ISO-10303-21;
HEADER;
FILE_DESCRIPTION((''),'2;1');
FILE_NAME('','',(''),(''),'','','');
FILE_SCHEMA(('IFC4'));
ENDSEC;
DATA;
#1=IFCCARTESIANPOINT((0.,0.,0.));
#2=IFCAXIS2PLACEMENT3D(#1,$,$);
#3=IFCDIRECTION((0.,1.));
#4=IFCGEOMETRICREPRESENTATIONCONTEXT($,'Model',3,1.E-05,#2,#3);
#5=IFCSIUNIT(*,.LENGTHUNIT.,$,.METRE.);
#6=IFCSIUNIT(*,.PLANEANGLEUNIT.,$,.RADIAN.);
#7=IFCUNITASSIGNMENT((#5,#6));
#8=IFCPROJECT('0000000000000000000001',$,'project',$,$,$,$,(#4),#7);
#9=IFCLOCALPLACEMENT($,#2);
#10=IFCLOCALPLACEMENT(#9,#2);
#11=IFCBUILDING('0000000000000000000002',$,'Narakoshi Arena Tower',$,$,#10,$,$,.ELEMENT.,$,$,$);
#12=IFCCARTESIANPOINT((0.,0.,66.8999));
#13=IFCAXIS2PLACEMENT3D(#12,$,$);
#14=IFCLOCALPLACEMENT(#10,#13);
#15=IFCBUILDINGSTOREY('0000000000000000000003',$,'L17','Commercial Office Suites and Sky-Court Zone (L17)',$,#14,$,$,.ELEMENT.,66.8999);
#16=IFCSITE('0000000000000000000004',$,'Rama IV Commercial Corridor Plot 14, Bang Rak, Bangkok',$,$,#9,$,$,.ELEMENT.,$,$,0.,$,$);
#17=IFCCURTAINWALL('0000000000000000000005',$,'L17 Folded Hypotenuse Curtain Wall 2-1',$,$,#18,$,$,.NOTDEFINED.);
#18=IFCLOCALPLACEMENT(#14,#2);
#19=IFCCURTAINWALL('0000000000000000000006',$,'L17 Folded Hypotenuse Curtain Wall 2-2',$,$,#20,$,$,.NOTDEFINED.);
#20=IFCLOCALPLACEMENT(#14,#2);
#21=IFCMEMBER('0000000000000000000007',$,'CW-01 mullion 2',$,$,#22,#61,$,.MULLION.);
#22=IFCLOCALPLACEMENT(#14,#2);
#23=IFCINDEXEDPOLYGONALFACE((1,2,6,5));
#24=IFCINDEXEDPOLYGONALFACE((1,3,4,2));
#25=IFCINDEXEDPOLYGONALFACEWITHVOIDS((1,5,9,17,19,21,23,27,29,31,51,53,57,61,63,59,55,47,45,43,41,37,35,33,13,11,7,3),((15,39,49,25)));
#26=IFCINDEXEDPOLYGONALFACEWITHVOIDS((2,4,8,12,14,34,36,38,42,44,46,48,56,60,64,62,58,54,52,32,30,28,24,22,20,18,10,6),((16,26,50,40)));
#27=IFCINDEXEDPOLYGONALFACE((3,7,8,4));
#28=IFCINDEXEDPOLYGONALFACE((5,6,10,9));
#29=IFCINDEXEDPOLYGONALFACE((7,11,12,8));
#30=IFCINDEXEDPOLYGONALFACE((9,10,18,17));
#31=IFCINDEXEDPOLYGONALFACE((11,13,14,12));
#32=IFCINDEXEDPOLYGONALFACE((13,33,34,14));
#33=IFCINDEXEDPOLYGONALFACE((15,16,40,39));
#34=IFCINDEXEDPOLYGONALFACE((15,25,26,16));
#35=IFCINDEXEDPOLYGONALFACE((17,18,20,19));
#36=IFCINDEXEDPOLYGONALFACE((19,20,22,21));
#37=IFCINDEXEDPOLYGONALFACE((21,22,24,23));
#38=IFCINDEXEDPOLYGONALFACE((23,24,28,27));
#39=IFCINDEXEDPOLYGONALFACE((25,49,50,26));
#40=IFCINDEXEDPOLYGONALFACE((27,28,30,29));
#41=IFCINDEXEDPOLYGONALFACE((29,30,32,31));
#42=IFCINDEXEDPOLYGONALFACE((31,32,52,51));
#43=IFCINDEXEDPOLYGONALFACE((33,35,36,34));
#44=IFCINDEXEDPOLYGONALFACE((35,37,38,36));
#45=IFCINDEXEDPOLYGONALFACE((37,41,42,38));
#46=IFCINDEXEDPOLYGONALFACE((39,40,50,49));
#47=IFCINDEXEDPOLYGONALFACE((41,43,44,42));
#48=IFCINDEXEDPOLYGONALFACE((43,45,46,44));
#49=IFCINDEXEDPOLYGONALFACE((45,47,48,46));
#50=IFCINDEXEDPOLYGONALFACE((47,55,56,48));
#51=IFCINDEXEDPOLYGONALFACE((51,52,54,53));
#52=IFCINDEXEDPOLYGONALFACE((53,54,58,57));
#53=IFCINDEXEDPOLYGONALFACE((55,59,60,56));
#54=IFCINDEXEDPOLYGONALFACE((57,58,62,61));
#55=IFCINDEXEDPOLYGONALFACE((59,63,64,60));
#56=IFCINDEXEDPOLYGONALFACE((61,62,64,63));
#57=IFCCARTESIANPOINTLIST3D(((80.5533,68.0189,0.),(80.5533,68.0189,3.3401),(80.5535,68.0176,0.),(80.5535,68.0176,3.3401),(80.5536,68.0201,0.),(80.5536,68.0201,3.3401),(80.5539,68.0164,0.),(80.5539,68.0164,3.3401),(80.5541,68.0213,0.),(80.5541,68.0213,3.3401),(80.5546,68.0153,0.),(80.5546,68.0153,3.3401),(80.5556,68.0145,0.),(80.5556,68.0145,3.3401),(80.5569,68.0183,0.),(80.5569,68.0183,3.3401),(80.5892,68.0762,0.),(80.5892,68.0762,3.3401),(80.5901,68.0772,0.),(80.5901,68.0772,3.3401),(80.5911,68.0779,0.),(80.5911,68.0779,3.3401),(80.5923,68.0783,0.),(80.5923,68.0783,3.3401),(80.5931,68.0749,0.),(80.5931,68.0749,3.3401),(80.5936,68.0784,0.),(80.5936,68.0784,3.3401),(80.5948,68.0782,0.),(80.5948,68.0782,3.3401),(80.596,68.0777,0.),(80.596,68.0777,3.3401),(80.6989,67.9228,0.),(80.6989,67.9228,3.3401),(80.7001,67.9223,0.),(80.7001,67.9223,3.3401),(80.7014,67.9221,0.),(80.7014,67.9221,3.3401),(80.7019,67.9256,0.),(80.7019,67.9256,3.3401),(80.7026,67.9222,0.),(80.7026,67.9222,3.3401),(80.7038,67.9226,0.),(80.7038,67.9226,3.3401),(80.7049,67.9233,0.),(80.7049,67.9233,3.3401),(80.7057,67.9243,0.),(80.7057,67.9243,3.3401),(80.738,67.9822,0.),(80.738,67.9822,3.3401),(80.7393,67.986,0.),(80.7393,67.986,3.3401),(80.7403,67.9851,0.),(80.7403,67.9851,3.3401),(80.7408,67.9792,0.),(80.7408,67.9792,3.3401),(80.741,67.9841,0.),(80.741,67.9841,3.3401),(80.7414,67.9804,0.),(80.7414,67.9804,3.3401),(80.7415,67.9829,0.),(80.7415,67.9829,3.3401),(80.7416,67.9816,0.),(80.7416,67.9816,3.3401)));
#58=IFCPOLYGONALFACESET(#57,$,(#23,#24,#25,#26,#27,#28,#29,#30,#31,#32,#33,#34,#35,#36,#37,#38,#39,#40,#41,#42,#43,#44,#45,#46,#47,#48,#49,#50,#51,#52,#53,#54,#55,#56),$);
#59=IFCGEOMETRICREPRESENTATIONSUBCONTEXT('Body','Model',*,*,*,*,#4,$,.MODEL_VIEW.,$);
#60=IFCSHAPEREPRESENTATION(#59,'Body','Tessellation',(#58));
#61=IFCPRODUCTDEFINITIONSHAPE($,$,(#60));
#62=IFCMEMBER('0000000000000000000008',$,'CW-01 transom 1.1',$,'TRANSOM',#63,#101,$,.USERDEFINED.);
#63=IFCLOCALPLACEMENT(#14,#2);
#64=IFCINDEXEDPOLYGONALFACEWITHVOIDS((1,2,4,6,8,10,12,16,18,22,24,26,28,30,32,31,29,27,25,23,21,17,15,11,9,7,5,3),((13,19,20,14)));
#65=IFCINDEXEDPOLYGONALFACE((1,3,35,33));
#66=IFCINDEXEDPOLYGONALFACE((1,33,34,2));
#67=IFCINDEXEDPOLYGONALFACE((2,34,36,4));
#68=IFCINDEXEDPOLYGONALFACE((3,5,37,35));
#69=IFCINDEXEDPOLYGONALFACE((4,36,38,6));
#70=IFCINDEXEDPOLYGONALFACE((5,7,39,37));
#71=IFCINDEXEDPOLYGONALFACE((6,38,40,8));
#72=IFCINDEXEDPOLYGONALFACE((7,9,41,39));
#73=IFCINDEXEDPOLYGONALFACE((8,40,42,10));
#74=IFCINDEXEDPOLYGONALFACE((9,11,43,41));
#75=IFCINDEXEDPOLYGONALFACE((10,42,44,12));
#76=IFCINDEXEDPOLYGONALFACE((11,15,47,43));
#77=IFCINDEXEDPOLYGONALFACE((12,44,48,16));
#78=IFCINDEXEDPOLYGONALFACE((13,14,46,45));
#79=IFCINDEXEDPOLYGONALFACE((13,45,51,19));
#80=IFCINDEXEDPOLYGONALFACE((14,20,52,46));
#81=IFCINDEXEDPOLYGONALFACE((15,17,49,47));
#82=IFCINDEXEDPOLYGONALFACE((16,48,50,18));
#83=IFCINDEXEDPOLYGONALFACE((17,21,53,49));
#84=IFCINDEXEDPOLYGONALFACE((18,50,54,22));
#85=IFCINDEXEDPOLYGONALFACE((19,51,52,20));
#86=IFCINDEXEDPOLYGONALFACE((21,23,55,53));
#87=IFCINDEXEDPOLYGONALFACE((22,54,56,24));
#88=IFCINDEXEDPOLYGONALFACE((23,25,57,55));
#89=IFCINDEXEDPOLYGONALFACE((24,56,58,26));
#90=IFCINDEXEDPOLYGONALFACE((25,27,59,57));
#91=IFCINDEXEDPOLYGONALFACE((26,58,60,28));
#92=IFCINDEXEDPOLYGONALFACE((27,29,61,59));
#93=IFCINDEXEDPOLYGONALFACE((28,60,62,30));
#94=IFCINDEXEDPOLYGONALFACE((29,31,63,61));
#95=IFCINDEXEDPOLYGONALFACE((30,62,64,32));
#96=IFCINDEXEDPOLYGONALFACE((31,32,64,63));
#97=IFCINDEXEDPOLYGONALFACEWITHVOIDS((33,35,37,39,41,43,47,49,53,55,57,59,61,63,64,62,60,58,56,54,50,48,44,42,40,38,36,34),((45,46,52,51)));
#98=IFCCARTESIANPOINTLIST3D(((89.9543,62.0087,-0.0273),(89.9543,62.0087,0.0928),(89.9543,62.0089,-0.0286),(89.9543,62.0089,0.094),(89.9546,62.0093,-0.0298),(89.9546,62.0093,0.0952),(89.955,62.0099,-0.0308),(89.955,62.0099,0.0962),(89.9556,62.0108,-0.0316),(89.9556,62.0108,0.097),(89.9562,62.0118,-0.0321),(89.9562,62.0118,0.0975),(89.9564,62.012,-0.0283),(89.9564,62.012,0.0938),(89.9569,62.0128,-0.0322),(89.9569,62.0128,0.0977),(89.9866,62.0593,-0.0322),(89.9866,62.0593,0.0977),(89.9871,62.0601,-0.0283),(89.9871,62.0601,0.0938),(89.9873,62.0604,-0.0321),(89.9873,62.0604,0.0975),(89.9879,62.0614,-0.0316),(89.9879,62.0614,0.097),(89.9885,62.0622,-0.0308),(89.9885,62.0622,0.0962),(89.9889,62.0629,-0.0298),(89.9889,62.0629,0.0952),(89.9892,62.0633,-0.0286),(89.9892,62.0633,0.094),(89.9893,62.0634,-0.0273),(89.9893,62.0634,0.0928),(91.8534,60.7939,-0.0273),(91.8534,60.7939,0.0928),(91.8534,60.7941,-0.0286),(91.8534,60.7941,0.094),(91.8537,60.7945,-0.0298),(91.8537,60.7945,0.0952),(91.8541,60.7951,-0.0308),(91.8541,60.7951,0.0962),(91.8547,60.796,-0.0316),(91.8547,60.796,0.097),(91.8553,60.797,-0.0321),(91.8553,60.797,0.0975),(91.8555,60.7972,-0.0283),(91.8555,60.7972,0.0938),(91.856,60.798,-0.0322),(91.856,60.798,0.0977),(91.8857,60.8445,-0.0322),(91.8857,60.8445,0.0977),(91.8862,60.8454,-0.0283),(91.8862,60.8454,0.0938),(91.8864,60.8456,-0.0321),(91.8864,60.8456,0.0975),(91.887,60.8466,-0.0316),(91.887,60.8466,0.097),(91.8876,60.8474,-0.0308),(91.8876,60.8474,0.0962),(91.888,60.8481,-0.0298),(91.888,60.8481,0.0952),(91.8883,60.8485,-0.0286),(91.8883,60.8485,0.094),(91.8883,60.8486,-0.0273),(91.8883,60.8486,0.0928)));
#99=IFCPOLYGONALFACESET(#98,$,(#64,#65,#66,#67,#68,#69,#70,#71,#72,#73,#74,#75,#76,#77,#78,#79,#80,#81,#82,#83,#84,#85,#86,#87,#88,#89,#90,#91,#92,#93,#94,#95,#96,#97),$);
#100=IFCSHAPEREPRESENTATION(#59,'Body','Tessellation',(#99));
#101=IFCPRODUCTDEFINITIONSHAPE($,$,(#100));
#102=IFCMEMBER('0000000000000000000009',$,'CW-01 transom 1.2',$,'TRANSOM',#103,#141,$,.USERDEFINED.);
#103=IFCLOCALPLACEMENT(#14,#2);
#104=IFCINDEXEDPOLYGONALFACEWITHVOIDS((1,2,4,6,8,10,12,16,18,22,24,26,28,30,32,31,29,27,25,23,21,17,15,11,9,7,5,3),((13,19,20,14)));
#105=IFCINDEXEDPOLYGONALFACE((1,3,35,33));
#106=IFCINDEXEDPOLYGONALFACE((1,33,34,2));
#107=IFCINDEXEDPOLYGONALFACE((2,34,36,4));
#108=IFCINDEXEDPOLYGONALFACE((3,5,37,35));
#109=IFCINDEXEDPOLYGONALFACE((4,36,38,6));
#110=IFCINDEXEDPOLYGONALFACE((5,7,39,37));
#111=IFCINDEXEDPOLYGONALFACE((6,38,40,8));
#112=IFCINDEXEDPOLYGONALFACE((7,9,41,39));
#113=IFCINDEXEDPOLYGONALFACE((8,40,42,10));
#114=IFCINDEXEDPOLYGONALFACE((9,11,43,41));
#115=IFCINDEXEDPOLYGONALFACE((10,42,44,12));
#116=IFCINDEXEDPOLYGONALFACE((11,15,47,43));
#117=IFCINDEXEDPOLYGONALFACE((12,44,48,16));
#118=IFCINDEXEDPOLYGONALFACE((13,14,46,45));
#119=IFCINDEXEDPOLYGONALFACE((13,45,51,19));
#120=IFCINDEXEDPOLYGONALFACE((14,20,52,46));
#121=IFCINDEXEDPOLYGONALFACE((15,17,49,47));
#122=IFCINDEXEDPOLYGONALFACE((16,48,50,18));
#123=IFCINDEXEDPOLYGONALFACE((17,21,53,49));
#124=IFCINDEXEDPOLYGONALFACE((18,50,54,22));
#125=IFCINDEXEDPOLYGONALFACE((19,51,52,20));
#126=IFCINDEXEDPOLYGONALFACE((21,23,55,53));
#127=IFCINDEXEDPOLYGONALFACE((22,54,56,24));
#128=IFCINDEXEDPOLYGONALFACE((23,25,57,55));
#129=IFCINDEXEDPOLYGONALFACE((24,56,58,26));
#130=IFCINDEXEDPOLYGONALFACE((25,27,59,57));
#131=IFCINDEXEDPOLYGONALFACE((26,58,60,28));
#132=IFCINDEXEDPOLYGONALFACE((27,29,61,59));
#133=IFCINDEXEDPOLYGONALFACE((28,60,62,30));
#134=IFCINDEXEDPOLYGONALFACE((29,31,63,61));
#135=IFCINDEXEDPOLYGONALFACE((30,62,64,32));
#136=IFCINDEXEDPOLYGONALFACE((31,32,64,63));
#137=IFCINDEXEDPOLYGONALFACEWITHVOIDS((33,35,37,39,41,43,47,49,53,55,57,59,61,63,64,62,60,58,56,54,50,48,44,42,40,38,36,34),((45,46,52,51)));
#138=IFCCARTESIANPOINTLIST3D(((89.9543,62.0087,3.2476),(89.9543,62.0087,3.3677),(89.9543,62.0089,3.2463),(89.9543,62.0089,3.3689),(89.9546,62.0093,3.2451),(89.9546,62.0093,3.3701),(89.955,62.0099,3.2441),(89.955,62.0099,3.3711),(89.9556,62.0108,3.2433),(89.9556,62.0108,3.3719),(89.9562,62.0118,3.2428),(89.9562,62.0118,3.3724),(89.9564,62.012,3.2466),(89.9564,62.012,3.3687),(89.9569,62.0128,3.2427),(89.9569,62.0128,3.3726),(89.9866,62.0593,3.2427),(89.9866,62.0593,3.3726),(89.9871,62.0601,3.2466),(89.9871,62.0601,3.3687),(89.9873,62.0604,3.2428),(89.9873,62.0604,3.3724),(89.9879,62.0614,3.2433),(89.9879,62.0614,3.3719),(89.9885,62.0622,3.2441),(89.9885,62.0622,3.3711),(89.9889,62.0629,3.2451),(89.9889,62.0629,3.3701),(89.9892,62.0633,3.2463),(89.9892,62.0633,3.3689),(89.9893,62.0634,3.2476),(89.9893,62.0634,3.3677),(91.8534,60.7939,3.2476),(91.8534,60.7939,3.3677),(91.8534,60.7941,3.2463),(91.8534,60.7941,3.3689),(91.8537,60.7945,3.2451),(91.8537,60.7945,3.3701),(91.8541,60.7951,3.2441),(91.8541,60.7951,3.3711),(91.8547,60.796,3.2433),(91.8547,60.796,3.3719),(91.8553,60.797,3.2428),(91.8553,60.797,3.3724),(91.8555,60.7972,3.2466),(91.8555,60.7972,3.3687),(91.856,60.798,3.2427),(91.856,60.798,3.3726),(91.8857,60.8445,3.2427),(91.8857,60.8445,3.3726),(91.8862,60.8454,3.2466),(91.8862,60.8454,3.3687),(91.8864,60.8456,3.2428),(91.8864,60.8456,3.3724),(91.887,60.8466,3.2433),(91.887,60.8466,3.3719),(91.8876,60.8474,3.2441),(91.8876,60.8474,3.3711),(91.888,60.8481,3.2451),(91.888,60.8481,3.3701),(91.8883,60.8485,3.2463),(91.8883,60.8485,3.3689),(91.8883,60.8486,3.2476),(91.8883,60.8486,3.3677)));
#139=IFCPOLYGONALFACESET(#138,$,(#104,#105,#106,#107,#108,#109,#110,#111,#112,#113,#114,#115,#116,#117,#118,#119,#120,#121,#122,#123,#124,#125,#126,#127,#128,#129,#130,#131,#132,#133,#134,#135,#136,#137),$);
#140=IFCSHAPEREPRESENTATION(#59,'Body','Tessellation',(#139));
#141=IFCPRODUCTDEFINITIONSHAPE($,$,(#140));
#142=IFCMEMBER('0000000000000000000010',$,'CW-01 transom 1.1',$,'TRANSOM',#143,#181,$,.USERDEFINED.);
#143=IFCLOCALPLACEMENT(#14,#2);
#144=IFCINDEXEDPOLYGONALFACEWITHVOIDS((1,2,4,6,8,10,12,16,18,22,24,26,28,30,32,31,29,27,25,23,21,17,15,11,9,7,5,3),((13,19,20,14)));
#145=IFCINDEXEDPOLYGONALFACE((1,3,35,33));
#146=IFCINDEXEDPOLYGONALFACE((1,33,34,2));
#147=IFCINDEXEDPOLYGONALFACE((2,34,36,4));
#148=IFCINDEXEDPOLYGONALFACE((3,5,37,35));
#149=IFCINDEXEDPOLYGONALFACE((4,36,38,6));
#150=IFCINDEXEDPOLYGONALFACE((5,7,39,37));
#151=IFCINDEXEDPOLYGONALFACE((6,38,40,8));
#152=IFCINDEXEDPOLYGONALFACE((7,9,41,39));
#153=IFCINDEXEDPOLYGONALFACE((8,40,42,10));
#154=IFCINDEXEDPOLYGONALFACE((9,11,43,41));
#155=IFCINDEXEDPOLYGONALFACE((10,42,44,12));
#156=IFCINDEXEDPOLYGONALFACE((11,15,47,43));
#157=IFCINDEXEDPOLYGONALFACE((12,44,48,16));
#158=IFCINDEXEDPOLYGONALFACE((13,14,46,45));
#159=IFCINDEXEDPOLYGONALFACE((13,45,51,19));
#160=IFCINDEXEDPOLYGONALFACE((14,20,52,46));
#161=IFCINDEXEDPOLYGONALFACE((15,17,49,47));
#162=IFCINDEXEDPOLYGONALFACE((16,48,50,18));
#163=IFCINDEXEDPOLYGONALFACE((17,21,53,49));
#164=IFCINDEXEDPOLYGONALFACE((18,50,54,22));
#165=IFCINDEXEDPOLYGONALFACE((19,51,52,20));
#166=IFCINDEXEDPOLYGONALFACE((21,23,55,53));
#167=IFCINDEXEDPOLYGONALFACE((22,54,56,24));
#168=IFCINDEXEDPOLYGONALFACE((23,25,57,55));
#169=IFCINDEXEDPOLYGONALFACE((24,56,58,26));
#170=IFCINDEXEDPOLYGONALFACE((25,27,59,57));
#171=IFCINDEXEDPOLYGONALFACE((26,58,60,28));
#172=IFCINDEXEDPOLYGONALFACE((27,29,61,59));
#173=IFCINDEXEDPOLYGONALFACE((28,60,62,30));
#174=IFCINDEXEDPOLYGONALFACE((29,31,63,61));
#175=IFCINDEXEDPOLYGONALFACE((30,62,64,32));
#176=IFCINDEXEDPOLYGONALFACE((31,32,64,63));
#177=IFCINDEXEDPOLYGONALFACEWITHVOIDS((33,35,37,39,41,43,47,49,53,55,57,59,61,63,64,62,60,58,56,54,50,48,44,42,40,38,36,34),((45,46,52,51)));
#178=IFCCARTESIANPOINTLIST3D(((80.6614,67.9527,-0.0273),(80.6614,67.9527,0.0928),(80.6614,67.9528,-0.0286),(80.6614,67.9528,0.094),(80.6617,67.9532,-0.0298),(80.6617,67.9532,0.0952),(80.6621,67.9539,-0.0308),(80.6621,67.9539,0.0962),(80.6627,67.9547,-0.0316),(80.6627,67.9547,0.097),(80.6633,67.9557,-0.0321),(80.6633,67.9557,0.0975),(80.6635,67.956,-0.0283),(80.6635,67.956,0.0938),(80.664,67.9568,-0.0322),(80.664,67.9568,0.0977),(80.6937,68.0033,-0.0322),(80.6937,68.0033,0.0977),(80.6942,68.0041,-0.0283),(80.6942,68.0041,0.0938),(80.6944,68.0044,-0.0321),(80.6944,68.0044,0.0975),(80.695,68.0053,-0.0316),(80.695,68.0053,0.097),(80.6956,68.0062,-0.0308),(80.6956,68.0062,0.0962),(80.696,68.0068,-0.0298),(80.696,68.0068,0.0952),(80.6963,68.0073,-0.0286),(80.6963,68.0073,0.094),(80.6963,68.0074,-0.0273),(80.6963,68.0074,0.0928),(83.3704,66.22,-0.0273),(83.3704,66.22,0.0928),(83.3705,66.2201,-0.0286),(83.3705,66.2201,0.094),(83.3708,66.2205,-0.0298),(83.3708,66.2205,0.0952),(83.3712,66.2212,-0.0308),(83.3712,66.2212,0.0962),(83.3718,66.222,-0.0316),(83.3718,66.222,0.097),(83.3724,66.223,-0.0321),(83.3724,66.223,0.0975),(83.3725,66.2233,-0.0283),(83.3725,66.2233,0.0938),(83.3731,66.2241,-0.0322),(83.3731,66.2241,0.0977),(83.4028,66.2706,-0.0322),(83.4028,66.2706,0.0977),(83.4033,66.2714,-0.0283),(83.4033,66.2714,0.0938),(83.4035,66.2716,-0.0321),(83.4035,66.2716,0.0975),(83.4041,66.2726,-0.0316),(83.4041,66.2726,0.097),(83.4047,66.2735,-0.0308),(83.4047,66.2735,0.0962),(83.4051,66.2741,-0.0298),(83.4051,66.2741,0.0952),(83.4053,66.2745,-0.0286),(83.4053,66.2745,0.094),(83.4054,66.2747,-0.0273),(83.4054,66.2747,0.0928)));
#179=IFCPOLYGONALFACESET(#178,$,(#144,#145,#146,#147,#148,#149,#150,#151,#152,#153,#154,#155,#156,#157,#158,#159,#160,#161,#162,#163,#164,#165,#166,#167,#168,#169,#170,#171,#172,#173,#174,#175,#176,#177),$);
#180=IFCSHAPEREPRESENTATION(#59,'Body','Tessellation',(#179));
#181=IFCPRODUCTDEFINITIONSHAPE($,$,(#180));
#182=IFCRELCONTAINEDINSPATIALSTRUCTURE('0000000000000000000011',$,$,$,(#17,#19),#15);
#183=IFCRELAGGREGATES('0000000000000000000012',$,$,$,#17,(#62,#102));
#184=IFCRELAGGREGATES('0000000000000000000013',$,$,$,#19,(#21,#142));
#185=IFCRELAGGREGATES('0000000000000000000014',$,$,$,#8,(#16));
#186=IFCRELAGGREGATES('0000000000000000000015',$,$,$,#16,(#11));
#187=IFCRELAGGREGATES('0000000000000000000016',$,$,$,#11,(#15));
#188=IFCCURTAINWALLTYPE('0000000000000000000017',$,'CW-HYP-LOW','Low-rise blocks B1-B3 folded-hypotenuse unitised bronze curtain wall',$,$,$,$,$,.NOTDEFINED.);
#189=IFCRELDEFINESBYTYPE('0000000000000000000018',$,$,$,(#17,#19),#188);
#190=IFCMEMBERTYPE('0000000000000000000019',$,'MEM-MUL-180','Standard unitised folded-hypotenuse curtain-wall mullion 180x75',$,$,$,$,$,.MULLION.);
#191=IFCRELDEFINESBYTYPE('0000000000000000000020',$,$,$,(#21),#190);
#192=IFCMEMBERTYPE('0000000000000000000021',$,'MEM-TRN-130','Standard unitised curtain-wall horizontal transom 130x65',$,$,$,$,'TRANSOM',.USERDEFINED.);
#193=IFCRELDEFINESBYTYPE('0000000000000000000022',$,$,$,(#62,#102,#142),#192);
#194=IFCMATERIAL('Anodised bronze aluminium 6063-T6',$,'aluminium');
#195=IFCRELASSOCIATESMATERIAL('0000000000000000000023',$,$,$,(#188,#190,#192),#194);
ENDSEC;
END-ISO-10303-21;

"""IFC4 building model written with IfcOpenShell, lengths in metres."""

from ifc_helpers import new_model, si_unit, direction, frame, origin, origin_2d, place, context, subcontext, project, spatial, hollow_rectangle, extrude, material, material_profile, profile_set, type_object, element, aggregate, save


model = new_model("IFC4")

# Units and contexts
model_context = context("Model", 3, precision=1e-05, world=origin(), true_north=direction((0.0, 1.0)))
body_context = subcontext(model_context, "Body", "Model", "MODEL_VIEW")
ifc_project = project(units=[si_unit("LENGTHUNIT", "METRE"), si_unit("PLANEANGLEUNIT", "RADIAN")], contexts=[model_context])

# Site, building, storey
site_placement = place(None, origin())
site = spatial("IfcSite", under=ifc_project, at=site_placement, Name="Rama IV Commercial Corridor Plot 14, Bang Rak, Bangkok", CompositionType="ELEMENT", RefElevation=0.0)
building_placement = place(site_placement, origin())
building = spatial("IfcBuilding", under=site, at=building_placement, Name="Narakoshi Arena Tower", CompositionType="ELEMENT")
storey_placement = place(building_placement, frame((0.0, 0.0, 66.8999)))
storey = spatial("IfcBuildingStorey", under=building, at=storey_placement, Name="L17", Description="Commercial Office Suites and Sky-Court Zone (L17)", CompositionType="ELEMENT", Elevation=66.8999)

# Curtain wall
ifc_material_1 = material(Name="Anodised bronze aluminium 6063-T6", Category="aluminium")
curtain_wall_type = type_object("IfcCurtainWallType", Name="CW-HYP-LOW", Description="Low-rise blocks B1-B3 folded-hypotenuse unitised bronze curtain wall", PredefinedType="NOTDEFINED", material=ifc_material_1)
curtain_wall_1_placement = place(storey_placement, origin())
curtain_wall_1 = element("IfcCurtainWall", 1, at=curtain_wall_1_placement, inside=storey, type_object=curtain_wall_type, Name="L17 Folded Hypotenuse Curtain Wall 2-1", PredefinedType="NOTDEFINED")
ifc_material_profile_1 = material_profile(ifc_material_1, hollow_rectangle(XDim=0.075, YDim=0.1799, WallThickness=0.0039, OuterFilletRadius=0.0049, at=origin_2d()), Name="MUL180x75x4")
ifc_profile_set_1 = profile_set([ifc_material_profile_1], Name="Anodised bronze aluminium 6063-T6")
member_type_1 = type_object("IfcMemberType", Name="MEM-MUL-180", Description="Standard unitised folded-hypotenuse curtain-wall mullion 180x75", PredefinedType="MULLION", material=ifc_profile_set_1)

# Curtain wall, member
curtain_wall_2_placement = place(storey_placement, origin())
curtain_wall_2 = element("IfcCurtainWall", 2, at=curtain_wall_2_placement, inside=storey, type_object=curtain_wall_type, Name="L17 Folded Hypotenuse Curtain Wall 2-2", PredefinedType="NOTDEFINED")
member_1_placement = place(storey_placement, frame((80.6475, 68.0002, 0.0), z_axis=(0.0, 0.0, 1.0), x_axis=(-0.538829, -0.842415, 0.0)))
member_1 = element("IfcMember", 3, at=member_1_placement, type_object=member_type_1, Name="CW-01 mullion 2", PredefinedType="MULLION", context=body_context, shape_type="SweptSolid", body=[
    extrude(hollow_rectangle(XDim=0.075, YDim=0.1799, WallThickness=0.0039, OuterFilletRadius=0.0049, at=origin_2d()), origin(), (0.0, 0.0, 1.0), 3.3401),
])

# Members
ifc_material_profile_2 = material_profile(ifc_material_1, hollow_rectangle(XDim=0.0649, YDim=0.1299, WallThickness=0.0039, OuterFilletRadius=0.0049, at=origin_2d()), Name="TRN130x65x4")
ifc_profile_set_2 = profile_set([ifc_material_profile_2], Name="Anodised bronze aluminium 6063-T6")
member_type_2 = type_object("IfcMemberType", Name="MEM-TRN-130", Description="Standard unitised curtain-wall horizontal transom 130x65", ElementType="TRANSOM", PredefinedType="USERDEFINED", material=ifc_profile_set_2)
member_2_placement = place(storey_placement, frame((91.8708, 60.8213, 0.0327), z_axis=(-0.842397, 0.538857, 0.0), x_axis=(-0.538857, -0.842397, 0.0)))
member_2 = element("IfcMember", 4, at=member_2_placement, type_object=member_type_2, Name="CW-01 transom 1.1", ObjectType="TRANSOM", PredefinedType="USERDEFINED", context=body_context, shape_type="SweptSolid", body=[
    extrude(hollow_rectangle(XDim=0.0649, YDim=0.1299, WallThickness=0.0039, OuterFilletRadius=0.0049, at=origin_2d()), origin(), (0.0, 0.0, 1.0), 2.2544),
])
member_3_placement = place(storey_placement, frame((91.8708, 60.8213, 3.3076), z_axis=(-0.842397, 0.538857, 0.0), x_axis=(-0.538857, -0.842397, 0.0)))
member_3 = element("IfcMember", 5, at=member_3_placement, type_object=member_type_2, Name="CW-01 transom 1.2", ObjectType="TRANSOM", PredefinedType="USERDEFINED", context=body_context, shape_type="SweptSolid", body=[
    extrude(hollow_rectangle(XDim=0.0649, YDim=0.1299, WallThickness=0.0039, OuterFilletRadius=0.0049, at=origin_2d()), origin(), (0.0, 0.0, 1.0), 2.2544),
])
member_4_placement = place(storey_placement, frame((83.3879, 66.2473, 0.0327), z_axis=(-0.842424, 0.538815, 0.0), x_axis=(-0.538815, -0.842424, 0.0)))
member_4 = element("IfcMember", 6, at=member_4_placement, type_object=member_type_2, Name="CW-01 transom 1.1", ObjectType="TRANSOM", PredefinedType="USERDEFINED", context=body_context, shape_type="SweptSolid", body=[
    extrude(hollow_rectangle(XDim=0.0649, YDim=0.1299, WallThickness=0.0039, OuterFilletRadius=0.0049, at=origin_2d()), origin(), (0.0, 0.0, 1.0), 3.2158),
])

aggregate(curtain_wall_1, [member_2, member_3])
aggregate(curtain_wall_2, [member_1, member_4])

save(model, "model.ifc")
